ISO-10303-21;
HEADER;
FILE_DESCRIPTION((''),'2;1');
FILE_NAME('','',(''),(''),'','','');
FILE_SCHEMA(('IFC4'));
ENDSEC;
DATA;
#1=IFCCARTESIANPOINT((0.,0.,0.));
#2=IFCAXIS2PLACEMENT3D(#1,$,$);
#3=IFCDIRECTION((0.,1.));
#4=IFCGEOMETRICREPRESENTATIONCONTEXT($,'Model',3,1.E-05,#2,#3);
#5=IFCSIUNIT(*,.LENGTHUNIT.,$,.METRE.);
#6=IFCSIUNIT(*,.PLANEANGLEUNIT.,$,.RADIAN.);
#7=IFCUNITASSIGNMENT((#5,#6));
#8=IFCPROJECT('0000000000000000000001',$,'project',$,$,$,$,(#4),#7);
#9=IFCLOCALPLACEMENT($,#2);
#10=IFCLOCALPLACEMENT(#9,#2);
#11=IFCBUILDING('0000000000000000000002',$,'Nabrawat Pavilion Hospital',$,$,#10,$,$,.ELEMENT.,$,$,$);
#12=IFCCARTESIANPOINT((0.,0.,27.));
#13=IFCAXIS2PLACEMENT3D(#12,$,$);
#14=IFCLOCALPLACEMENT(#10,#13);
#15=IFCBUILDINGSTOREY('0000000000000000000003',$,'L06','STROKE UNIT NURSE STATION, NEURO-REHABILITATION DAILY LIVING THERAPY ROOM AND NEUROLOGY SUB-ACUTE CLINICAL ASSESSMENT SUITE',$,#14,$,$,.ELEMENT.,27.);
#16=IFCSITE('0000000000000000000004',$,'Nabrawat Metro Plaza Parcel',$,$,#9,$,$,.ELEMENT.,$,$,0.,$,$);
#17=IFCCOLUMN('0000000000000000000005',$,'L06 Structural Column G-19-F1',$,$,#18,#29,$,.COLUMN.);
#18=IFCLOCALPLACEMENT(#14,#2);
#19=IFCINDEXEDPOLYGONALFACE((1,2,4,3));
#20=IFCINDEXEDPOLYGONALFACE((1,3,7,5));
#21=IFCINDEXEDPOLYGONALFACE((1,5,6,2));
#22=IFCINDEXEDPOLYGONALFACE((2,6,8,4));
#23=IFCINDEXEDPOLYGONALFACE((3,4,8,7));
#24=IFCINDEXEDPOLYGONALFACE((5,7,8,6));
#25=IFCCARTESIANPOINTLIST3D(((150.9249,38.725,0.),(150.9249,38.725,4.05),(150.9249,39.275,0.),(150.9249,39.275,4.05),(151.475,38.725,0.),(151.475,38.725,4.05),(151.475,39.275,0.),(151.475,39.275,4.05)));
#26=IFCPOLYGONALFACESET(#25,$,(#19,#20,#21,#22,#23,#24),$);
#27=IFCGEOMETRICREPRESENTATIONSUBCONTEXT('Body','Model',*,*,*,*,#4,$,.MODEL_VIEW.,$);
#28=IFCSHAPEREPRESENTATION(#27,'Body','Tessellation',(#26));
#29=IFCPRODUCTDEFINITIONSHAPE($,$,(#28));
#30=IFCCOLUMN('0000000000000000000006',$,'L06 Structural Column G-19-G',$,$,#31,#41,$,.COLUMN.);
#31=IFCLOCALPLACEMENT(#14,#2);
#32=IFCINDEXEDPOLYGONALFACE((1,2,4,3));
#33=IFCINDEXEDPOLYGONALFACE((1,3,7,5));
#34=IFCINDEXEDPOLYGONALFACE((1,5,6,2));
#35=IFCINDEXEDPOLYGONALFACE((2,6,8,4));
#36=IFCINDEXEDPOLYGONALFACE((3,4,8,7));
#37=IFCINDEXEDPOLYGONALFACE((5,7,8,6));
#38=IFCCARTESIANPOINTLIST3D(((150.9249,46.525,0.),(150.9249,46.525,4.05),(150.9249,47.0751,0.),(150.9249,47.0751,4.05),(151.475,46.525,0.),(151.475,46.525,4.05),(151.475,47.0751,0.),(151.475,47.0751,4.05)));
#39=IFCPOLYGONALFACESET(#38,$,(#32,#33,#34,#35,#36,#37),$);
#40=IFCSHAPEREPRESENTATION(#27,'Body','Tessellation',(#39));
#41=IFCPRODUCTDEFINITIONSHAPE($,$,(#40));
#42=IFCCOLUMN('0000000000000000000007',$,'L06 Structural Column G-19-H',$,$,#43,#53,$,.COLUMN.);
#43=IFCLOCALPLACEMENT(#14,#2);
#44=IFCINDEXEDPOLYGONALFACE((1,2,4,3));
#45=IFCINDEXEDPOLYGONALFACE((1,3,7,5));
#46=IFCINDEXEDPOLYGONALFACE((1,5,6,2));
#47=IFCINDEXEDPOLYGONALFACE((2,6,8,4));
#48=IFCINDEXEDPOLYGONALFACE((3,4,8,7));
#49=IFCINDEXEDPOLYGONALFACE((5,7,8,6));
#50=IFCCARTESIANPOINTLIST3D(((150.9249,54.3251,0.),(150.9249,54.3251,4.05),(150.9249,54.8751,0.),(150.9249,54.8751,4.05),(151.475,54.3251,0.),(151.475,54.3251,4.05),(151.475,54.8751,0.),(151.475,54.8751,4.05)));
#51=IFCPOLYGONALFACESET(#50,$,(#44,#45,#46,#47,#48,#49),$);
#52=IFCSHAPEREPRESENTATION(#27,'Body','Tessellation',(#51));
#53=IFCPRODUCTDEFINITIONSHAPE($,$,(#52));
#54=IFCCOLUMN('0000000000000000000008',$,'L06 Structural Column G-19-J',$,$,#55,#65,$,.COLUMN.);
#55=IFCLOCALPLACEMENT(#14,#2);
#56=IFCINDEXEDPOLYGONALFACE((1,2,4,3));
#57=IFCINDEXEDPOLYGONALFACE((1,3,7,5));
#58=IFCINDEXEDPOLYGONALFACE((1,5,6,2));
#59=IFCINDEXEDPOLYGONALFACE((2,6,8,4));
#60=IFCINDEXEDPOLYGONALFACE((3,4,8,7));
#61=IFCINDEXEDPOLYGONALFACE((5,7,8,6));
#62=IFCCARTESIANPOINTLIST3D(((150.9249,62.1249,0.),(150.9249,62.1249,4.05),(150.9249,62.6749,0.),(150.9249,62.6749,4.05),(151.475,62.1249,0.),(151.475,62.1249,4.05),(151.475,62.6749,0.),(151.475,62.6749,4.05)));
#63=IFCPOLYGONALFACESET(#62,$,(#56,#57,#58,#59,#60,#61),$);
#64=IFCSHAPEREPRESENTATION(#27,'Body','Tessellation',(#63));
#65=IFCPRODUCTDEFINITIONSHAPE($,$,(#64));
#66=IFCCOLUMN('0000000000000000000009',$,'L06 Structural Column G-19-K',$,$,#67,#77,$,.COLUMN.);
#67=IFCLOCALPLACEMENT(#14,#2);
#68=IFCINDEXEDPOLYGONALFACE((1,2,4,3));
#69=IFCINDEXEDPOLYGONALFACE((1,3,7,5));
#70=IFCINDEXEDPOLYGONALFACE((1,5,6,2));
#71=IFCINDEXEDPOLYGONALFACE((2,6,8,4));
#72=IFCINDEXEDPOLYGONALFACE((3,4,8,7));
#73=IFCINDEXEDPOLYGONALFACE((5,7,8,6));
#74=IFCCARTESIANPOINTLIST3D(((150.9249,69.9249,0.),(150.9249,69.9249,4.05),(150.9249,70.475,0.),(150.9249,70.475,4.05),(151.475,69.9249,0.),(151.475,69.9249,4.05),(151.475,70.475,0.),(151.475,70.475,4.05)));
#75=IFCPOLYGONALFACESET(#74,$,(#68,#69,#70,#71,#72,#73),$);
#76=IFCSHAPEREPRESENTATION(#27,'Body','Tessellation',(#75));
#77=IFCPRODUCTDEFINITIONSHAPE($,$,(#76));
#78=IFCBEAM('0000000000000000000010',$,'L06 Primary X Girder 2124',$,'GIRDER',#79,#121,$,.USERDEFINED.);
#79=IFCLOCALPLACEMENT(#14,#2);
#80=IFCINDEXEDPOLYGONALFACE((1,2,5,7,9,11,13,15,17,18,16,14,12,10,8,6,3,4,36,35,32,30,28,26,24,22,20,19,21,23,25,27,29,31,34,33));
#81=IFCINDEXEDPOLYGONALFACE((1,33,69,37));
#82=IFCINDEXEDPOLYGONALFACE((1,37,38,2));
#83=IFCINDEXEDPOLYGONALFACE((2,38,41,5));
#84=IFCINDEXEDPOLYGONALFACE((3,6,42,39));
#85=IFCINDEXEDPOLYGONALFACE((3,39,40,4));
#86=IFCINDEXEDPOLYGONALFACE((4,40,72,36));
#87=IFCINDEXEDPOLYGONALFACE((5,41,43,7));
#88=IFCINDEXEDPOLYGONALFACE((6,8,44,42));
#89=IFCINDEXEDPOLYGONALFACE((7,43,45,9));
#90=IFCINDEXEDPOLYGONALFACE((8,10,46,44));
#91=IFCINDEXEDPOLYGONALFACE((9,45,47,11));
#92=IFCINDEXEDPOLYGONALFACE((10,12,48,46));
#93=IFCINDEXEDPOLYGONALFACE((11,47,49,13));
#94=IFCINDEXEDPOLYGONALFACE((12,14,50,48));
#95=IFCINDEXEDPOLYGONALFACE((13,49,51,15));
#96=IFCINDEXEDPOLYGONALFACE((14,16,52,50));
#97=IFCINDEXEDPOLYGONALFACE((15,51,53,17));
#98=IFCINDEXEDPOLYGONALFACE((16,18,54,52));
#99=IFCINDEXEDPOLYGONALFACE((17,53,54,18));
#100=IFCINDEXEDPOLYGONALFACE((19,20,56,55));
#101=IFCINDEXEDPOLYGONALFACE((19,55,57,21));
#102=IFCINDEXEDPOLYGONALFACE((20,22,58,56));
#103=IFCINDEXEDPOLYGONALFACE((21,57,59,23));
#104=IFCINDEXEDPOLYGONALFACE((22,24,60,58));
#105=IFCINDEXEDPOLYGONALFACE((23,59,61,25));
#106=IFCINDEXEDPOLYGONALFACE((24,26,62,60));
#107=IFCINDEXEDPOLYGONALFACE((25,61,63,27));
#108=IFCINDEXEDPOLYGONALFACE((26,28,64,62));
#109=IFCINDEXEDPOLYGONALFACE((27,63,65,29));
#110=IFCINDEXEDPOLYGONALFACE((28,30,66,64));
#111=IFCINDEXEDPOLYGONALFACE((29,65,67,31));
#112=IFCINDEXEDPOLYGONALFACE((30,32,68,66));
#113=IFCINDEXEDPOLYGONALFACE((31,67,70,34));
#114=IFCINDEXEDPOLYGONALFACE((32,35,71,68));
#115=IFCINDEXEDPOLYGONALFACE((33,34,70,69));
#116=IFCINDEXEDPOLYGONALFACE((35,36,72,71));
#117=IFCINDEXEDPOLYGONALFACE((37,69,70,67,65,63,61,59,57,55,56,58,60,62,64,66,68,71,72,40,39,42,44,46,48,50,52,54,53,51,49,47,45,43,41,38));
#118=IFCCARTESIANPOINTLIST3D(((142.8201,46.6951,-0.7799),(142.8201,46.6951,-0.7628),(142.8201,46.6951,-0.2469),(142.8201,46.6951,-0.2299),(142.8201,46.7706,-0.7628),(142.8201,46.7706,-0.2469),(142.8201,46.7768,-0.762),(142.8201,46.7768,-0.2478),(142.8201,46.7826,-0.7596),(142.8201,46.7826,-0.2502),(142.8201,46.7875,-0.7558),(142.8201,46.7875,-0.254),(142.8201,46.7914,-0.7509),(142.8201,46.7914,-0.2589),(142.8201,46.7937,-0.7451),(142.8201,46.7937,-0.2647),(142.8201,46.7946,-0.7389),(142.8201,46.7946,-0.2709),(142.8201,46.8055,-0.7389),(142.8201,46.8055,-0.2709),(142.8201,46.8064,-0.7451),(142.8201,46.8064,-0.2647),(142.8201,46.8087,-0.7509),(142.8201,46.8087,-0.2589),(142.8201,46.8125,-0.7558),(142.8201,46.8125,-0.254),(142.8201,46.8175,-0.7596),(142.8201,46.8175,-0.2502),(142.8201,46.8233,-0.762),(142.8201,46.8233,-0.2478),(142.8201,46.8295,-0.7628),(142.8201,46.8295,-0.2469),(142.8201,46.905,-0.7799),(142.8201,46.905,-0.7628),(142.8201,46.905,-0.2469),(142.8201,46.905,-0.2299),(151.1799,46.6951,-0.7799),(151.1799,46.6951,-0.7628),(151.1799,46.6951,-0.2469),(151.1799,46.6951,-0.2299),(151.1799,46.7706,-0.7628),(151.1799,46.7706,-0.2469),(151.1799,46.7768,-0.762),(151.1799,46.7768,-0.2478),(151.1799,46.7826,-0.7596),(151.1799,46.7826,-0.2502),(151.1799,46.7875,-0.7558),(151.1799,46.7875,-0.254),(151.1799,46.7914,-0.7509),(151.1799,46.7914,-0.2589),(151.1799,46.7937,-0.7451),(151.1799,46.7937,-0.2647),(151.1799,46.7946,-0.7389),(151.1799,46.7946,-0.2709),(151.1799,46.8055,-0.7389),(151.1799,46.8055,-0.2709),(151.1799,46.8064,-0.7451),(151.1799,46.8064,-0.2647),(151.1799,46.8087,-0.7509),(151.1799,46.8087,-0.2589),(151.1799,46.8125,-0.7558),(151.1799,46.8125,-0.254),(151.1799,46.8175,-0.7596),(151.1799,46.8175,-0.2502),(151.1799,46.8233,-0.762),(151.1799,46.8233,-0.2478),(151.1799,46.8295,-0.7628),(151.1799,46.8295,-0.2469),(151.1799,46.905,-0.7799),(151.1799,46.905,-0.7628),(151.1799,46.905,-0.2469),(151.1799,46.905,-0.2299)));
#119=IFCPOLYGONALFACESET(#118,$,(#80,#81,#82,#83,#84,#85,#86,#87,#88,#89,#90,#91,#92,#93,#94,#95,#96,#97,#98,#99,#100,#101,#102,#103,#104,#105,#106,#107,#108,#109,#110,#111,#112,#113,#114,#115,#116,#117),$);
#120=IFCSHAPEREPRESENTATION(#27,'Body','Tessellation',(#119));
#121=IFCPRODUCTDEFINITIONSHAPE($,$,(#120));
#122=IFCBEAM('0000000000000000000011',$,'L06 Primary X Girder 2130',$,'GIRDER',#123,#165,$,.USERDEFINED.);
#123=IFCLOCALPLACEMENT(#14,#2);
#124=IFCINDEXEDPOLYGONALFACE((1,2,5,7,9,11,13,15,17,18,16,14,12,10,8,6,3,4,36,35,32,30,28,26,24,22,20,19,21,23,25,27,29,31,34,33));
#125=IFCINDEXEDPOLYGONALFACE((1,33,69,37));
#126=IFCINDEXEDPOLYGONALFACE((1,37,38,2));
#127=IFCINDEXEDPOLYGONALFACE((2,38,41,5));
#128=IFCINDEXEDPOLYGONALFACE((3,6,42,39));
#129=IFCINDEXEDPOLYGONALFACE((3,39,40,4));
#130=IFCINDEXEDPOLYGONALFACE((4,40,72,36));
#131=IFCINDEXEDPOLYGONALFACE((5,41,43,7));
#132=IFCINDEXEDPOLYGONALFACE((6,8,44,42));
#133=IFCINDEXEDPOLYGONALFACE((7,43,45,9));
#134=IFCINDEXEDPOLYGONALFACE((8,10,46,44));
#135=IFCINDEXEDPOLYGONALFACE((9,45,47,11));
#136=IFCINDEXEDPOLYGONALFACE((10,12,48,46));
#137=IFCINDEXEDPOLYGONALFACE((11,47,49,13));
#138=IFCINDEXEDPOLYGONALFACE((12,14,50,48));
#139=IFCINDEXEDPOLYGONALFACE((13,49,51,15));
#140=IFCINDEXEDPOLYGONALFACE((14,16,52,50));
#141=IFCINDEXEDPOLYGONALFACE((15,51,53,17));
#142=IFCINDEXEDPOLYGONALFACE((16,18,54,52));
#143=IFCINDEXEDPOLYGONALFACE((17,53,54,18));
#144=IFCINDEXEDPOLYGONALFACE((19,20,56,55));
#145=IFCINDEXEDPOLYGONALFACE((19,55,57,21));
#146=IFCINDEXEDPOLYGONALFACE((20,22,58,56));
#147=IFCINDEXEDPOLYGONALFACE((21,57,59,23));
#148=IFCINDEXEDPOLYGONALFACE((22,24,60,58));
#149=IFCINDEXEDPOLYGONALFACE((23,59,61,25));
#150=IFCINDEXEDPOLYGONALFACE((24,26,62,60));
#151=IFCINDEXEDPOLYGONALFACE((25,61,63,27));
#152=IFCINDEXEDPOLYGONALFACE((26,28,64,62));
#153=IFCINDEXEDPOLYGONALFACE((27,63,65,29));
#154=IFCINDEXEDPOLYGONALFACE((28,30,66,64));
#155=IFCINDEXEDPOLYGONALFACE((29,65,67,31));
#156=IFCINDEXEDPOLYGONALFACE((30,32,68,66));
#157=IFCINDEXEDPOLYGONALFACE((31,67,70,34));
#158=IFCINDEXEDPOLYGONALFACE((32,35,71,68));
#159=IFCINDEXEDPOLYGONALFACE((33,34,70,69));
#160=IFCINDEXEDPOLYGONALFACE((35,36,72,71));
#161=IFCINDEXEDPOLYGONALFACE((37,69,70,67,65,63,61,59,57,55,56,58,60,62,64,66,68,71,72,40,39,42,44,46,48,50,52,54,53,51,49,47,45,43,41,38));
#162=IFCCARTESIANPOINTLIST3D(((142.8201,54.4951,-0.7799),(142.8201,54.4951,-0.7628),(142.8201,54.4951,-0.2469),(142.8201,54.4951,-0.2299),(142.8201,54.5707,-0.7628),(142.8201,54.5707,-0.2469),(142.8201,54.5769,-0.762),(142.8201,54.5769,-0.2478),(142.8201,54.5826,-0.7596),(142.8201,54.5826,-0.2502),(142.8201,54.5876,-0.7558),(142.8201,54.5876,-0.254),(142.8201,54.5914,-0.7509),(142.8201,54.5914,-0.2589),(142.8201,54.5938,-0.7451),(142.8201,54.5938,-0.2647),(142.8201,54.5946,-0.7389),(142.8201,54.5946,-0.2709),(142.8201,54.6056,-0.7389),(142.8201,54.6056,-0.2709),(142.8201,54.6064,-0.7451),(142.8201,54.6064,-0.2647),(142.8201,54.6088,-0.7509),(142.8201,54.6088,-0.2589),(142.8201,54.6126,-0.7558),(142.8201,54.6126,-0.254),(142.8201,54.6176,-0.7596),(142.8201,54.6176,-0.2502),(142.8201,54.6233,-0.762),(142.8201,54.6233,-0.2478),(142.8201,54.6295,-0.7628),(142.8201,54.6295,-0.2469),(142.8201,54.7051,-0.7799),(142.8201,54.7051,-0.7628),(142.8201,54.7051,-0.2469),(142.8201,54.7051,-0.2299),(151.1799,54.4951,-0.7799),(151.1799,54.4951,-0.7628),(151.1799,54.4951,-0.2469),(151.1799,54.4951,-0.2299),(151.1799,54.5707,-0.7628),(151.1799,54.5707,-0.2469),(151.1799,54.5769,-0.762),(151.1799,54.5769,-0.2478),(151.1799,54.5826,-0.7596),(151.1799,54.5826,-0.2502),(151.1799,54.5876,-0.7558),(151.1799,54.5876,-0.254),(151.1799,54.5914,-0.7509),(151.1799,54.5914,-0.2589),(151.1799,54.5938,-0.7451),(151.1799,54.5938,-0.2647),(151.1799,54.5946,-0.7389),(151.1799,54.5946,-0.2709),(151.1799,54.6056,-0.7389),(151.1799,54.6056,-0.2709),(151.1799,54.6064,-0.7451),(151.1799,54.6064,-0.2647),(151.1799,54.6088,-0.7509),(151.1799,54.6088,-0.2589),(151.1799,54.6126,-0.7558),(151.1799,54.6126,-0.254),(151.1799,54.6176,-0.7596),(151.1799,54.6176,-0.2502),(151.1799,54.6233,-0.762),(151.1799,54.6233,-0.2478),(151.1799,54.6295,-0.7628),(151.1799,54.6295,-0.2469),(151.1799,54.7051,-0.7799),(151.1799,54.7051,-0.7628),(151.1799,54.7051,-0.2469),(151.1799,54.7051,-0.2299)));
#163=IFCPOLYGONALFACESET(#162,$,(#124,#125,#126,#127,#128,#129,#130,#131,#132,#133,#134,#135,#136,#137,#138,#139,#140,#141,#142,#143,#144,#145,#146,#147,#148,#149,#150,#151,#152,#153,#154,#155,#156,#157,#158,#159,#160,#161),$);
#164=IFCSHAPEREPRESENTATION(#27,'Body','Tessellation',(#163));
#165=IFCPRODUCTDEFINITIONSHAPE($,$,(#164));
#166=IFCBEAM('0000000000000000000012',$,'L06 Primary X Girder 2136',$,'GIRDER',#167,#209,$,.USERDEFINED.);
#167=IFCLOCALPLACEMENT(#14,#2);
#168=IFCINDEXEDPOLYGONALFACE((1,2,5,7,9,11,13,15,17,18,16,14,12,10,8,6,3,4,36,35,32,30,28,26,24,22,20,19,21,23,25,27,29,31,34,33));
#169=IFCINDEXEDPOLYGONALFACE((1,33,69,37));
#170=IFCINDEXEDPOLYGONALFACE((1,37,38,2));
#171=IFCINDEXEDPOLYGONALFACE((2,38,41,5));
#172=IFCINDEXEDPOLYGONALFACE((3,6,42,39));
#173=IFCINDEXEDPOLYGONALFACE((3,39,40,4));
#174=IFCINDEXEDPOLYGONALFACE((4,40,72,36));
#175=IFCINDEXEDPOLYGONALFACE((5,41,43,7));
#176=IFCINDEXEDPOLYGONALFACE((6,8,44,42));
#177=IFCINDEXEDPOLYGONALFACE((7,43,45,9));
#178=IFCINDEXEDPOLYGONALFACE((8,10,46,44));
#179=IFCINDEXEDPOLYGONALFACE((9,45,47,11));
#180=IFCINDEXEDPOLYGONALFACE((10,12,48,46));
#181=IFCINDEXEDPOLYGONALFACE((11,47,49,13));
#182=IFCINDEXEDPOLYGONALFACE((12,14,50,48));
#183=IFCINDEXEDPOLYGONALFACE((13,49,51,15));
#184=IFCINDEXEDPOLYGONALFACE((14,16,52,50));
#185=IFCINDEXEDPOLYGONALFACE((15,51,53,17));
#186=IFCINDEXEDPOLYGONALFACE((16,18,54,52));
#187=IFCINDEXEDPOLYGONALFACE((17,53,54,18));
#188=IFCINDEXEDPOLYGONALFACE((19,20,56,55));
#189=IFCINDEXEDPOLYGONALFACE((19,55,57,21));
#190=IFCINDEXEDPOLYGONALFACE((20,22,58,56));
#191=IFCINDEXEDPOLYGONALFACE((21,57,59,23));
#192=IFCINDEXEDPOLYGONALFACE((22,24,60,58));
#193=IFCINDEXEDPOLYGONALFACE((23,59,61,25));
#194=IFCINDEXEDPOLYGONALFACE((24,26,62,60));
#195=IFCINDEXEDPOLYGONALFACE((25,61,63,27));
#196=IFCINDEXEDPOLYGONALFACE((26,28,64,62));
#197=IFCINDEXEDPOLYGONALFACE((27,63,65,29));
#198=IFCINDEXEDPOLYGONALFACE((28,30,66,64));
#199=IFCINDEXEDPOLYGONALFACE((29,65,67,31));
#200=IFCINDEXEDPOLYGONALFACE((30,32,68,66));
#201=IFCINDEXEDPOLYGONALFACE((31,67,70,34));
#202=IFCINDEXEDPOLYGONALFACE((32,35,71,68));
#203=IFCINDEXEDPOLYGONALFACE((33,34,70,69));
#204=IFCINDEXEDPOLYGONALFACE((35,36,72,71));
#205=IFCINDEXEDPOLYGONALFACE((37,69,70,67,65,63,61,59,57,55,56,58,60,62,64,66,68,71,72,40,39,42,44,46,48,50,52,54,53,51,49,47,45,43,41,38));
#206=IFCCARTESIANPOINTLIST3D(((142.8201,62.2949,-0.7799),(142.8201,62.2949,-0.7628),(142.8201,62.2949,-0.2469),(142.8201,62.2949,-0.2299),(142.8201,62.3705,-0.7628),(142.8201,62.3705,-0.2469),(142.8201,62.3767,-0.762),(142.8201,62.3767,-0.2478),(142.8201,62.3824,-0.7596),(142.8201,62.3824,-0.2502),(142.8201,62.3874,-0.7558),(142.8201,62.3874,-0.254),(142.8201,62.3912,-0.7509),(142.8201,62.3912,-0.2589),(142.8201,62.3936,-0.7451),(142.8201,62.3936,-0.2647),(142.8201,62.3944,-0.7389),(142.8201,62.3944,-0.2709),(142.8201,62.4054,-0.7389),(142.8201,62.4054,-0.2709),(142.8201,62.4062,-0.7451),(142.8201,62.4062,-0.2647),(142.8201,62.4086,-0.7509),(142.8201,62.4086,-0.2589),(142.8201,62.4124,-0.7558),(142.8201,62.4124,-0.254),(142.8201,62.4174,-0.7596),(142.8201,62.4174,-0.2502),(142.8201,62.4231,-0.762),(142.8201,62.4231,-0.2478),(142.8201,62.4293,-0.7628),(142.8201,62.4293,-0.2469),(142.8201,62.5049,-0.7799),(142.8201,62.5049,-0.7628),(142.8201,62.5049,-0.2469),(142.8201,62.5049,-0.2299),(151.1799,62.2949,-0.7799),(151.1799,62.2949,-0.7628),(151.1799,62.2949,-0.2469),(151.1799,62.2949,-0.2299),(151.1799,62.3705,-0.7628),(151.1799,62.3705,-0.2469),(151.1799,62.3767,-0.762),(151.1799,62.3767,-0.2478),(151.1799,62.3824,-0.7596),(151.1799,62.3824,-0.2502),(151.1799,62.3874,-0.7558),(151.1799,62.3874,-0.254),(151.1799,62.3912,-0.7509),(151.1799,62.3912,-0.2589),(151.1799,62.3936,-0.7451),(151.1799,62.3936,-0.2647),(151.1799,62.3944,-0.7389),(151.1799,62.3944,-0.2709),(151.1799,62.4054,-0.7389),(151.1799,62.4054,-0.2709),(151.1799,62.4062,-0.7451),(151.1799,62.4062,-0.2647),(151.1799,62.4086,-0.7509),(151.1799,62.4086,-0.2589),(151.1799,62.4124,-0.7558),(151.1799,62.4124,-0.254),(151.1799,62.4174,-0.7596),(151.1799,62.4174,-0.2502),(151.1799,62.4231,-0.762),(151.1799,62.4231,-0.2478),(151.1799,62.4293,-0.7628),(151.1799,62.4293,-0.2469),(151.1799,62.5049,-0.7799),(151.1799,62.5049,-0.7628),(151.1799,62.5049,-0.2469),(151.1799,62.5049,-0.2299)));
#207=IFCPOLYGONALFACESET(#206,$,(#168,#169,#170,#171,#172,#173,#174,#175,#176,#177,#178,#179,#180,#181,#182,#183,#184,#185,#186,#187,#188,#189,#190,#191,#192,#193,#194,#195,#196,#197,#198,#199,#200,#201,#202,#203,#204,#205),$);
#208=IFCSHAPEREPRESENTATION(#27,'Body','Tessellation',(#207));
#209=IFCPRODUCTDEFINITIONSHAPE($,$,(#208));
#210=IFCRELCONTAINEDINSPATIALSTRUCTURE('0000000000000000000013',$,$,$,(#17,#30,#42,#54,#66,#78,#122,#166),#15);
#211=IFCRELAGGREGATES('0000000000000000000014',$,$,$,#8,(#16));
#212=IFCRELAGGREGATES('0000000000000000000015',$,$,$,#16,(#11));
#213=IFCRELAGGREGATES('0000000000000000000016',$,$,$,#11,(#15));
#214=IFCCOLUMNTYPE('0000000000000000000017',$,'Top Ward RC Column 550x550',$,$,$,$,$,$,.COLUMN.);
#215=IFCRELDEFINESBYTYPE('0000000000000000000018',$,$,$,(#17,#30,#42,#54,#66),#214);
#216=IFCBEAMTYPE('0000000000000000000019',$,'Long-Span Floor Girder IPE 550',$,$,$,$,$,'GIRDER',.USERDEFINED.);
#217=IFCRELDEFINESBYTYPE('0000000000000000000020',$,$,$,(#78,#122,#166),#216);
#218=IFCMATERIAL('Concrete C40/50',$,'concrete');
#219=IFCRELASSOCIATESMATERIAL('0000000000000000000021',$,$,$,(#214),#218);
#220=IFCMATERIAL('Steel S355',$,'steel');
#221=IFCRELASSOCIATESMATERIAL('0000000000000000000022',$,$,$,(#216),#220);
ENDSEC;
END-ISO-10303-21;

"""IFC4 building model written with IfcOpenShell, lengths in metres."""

from ifc_helpers import new_model, si_unit, direction, frame, origin, origin_2d, place, context, subcontext, project, spatial, rectangle, i_section, extrude, material, material_profile, profile_set, type_object, element, save


model = new_model("IFC4")

# Units and contexts
model_context = context("Model", 3, precision=1e-05, world=origin(), true_north=direction((0.0, 1.0)))
body_context = subcontext(model_context, "Body", "Model", "MODEL_VIEW")
ifc_project = project(units=[si_unit("LENGTHUNIT", "METRE"), si_unit("PLANEANGLEUNIT", "RADIAN")], contexts=[model_context])

# Site, building, storey
site_placement = place(None, origin())
site = spatial("IfcSite", under=ifc_project, at=site_placement, Name="Nabrawat Metro Plaza Parcel", CompositionType="ELEMENT", RefElevation=0.0)
building_placement = place(site_placement, origin())
building = spatial("IfcBuilding", under=site, at=building_placement, Name="Nabrawat Pavilion Hospital", CompositionType="ELEMENT")
storey_placement = place(building_placement, frame((0.0, 0.0, 27.0)))
storey = spatial("IfcBuildingStorey", under=building, at=storey_placement, Name="L06", Description="STROKE UNIT NURSE STATION, NEURO-REHABILITATION DAILY LIVING THERAPY ROOM AND NEUROLOGY SUB-ACUTE CLINICAL ASSESSMENT SUITE", CompositionType="ELEMENT", Elevation=27.0)

# Columns
ifc_material_1 = material(Name="Concrete C40/50", Category="concrete")
ifc_material_profile_1 = material_profile(ifc_material_1, rectangle(XDim=0.55, YDim=0.55, at=origin_2d()), Name="RC 550x550")
ifc_profile_set_1 = profile_set([ifc_material_profile_1], Name="Concrete C40/50")
column_type = type_object("IfcColumnType", Name="Top Ward RC Column 550x550", PredefinedType="COLUMN", material=ifc_profile_set_1)
for number, where, z_axis, x_axis, name in (
    (1, (151.2, 39.0, 0.0), (0.0, 0.0, 1.0), (1.0, 0.0, 0.0), "L06 Structural Column G-19-F1"),
    (2, (151.2, 46.8, 0.0), (0.0, 0.0, 1.0), (1.0, 0.0, 0.0), "L06 Structural Column G-19-G"),
    (3, (151.2, 54.6001, 0.0), (0.0, 0.0, 1.0), (1.0, 0.0, 0.0), "L06 Structural Column G-19-H"),
    (4, (151.2, 62.3999, 0.0), (0.0, 0.0, 1.0), (1.0, 0.0, 0.0), "L06 Structural Column G-19-J"),
    (5, (151.2, 70.2, 0.0), (0.0, 0.0, 1.0), (1.0, 0.0, 0.0), "L06 Structural Column G-19-K"),
):
    element("IfcColumn", number, at=place(storey_placement, frame(where, z_axis=z_axis, x_axis=x_axis)), inside=storey, type_object=column_type, Name=name, PredefinedType="COLUMN", context=body_context, shape_type="SweptSolid", body=[
        extrude(rectangle(XDim=0.55, YDim=0.55, at=origin_2d()), origin(), (0.0, 0.0, 1.0), 4.05),
    ])

# Beams
ifc_material_2 = material(Name="Steel S355", Category="steel")
ifc_material_profile_2 = material_profile(ifc_material_2, i_section(OverallWidth=0.21, OverallDepth=0.55, WebThickness=0.011, FlangeThickness=0.0171, FilletRadius=0.0239, at=origin_2d()), Name="IPE 550")
ifc_profile_set_2 = profile_set([ifc_material_profile_2], Name="Steel S355")
beam_type_1 = type_object("IfcBeamType", Name="Long-Span Floor Girder IPE 550", ElementType="GIRDER", PredefinedType="USERDEFINED", material=ifc_profile_set_2)
for number, where, z_axis, x_axis, name in (
    (6, (142.8201, 46.8, -0.5049), (1.0, 0.0, 0.0), (0.0, 1.0, 0.0), "L06 Primary X Girder 2124"),
    (7, (142.8201, 54.6001, -0.5049), (1.0, 0.0, 0.0), (0.0, 1.0, 0.0), "L06 Primary X Girder 2130"),
    (8, (142.8201, 62.3999, -0.5049), (1.0, 0.0, 0.0), (0.0, 1.0, 0.0), "L06 Primary X Girder 2136"),
):
    element("IfcBeam", number, at=place(storey_placement, frame(where, z_axis=z_axis, x_axis=x_axis)), inside=storey, type_object=beam_type_1, Name=name, ObjectType="GIRDER", PredefinedType="USERDEFINED", context=body_context, shape_type="SweptSolid", body=[
        extrude(i_section(OverallWidth=0.21, OverallDepth=0.55, WebThickness=0.011, FlangeThickness=0.0171, FilletRadius=0.0239, at=origin_2d()), origin(), (0.0, 0.0, 1.0), 8.3599),
    ])

save(model, "model.ifc")
